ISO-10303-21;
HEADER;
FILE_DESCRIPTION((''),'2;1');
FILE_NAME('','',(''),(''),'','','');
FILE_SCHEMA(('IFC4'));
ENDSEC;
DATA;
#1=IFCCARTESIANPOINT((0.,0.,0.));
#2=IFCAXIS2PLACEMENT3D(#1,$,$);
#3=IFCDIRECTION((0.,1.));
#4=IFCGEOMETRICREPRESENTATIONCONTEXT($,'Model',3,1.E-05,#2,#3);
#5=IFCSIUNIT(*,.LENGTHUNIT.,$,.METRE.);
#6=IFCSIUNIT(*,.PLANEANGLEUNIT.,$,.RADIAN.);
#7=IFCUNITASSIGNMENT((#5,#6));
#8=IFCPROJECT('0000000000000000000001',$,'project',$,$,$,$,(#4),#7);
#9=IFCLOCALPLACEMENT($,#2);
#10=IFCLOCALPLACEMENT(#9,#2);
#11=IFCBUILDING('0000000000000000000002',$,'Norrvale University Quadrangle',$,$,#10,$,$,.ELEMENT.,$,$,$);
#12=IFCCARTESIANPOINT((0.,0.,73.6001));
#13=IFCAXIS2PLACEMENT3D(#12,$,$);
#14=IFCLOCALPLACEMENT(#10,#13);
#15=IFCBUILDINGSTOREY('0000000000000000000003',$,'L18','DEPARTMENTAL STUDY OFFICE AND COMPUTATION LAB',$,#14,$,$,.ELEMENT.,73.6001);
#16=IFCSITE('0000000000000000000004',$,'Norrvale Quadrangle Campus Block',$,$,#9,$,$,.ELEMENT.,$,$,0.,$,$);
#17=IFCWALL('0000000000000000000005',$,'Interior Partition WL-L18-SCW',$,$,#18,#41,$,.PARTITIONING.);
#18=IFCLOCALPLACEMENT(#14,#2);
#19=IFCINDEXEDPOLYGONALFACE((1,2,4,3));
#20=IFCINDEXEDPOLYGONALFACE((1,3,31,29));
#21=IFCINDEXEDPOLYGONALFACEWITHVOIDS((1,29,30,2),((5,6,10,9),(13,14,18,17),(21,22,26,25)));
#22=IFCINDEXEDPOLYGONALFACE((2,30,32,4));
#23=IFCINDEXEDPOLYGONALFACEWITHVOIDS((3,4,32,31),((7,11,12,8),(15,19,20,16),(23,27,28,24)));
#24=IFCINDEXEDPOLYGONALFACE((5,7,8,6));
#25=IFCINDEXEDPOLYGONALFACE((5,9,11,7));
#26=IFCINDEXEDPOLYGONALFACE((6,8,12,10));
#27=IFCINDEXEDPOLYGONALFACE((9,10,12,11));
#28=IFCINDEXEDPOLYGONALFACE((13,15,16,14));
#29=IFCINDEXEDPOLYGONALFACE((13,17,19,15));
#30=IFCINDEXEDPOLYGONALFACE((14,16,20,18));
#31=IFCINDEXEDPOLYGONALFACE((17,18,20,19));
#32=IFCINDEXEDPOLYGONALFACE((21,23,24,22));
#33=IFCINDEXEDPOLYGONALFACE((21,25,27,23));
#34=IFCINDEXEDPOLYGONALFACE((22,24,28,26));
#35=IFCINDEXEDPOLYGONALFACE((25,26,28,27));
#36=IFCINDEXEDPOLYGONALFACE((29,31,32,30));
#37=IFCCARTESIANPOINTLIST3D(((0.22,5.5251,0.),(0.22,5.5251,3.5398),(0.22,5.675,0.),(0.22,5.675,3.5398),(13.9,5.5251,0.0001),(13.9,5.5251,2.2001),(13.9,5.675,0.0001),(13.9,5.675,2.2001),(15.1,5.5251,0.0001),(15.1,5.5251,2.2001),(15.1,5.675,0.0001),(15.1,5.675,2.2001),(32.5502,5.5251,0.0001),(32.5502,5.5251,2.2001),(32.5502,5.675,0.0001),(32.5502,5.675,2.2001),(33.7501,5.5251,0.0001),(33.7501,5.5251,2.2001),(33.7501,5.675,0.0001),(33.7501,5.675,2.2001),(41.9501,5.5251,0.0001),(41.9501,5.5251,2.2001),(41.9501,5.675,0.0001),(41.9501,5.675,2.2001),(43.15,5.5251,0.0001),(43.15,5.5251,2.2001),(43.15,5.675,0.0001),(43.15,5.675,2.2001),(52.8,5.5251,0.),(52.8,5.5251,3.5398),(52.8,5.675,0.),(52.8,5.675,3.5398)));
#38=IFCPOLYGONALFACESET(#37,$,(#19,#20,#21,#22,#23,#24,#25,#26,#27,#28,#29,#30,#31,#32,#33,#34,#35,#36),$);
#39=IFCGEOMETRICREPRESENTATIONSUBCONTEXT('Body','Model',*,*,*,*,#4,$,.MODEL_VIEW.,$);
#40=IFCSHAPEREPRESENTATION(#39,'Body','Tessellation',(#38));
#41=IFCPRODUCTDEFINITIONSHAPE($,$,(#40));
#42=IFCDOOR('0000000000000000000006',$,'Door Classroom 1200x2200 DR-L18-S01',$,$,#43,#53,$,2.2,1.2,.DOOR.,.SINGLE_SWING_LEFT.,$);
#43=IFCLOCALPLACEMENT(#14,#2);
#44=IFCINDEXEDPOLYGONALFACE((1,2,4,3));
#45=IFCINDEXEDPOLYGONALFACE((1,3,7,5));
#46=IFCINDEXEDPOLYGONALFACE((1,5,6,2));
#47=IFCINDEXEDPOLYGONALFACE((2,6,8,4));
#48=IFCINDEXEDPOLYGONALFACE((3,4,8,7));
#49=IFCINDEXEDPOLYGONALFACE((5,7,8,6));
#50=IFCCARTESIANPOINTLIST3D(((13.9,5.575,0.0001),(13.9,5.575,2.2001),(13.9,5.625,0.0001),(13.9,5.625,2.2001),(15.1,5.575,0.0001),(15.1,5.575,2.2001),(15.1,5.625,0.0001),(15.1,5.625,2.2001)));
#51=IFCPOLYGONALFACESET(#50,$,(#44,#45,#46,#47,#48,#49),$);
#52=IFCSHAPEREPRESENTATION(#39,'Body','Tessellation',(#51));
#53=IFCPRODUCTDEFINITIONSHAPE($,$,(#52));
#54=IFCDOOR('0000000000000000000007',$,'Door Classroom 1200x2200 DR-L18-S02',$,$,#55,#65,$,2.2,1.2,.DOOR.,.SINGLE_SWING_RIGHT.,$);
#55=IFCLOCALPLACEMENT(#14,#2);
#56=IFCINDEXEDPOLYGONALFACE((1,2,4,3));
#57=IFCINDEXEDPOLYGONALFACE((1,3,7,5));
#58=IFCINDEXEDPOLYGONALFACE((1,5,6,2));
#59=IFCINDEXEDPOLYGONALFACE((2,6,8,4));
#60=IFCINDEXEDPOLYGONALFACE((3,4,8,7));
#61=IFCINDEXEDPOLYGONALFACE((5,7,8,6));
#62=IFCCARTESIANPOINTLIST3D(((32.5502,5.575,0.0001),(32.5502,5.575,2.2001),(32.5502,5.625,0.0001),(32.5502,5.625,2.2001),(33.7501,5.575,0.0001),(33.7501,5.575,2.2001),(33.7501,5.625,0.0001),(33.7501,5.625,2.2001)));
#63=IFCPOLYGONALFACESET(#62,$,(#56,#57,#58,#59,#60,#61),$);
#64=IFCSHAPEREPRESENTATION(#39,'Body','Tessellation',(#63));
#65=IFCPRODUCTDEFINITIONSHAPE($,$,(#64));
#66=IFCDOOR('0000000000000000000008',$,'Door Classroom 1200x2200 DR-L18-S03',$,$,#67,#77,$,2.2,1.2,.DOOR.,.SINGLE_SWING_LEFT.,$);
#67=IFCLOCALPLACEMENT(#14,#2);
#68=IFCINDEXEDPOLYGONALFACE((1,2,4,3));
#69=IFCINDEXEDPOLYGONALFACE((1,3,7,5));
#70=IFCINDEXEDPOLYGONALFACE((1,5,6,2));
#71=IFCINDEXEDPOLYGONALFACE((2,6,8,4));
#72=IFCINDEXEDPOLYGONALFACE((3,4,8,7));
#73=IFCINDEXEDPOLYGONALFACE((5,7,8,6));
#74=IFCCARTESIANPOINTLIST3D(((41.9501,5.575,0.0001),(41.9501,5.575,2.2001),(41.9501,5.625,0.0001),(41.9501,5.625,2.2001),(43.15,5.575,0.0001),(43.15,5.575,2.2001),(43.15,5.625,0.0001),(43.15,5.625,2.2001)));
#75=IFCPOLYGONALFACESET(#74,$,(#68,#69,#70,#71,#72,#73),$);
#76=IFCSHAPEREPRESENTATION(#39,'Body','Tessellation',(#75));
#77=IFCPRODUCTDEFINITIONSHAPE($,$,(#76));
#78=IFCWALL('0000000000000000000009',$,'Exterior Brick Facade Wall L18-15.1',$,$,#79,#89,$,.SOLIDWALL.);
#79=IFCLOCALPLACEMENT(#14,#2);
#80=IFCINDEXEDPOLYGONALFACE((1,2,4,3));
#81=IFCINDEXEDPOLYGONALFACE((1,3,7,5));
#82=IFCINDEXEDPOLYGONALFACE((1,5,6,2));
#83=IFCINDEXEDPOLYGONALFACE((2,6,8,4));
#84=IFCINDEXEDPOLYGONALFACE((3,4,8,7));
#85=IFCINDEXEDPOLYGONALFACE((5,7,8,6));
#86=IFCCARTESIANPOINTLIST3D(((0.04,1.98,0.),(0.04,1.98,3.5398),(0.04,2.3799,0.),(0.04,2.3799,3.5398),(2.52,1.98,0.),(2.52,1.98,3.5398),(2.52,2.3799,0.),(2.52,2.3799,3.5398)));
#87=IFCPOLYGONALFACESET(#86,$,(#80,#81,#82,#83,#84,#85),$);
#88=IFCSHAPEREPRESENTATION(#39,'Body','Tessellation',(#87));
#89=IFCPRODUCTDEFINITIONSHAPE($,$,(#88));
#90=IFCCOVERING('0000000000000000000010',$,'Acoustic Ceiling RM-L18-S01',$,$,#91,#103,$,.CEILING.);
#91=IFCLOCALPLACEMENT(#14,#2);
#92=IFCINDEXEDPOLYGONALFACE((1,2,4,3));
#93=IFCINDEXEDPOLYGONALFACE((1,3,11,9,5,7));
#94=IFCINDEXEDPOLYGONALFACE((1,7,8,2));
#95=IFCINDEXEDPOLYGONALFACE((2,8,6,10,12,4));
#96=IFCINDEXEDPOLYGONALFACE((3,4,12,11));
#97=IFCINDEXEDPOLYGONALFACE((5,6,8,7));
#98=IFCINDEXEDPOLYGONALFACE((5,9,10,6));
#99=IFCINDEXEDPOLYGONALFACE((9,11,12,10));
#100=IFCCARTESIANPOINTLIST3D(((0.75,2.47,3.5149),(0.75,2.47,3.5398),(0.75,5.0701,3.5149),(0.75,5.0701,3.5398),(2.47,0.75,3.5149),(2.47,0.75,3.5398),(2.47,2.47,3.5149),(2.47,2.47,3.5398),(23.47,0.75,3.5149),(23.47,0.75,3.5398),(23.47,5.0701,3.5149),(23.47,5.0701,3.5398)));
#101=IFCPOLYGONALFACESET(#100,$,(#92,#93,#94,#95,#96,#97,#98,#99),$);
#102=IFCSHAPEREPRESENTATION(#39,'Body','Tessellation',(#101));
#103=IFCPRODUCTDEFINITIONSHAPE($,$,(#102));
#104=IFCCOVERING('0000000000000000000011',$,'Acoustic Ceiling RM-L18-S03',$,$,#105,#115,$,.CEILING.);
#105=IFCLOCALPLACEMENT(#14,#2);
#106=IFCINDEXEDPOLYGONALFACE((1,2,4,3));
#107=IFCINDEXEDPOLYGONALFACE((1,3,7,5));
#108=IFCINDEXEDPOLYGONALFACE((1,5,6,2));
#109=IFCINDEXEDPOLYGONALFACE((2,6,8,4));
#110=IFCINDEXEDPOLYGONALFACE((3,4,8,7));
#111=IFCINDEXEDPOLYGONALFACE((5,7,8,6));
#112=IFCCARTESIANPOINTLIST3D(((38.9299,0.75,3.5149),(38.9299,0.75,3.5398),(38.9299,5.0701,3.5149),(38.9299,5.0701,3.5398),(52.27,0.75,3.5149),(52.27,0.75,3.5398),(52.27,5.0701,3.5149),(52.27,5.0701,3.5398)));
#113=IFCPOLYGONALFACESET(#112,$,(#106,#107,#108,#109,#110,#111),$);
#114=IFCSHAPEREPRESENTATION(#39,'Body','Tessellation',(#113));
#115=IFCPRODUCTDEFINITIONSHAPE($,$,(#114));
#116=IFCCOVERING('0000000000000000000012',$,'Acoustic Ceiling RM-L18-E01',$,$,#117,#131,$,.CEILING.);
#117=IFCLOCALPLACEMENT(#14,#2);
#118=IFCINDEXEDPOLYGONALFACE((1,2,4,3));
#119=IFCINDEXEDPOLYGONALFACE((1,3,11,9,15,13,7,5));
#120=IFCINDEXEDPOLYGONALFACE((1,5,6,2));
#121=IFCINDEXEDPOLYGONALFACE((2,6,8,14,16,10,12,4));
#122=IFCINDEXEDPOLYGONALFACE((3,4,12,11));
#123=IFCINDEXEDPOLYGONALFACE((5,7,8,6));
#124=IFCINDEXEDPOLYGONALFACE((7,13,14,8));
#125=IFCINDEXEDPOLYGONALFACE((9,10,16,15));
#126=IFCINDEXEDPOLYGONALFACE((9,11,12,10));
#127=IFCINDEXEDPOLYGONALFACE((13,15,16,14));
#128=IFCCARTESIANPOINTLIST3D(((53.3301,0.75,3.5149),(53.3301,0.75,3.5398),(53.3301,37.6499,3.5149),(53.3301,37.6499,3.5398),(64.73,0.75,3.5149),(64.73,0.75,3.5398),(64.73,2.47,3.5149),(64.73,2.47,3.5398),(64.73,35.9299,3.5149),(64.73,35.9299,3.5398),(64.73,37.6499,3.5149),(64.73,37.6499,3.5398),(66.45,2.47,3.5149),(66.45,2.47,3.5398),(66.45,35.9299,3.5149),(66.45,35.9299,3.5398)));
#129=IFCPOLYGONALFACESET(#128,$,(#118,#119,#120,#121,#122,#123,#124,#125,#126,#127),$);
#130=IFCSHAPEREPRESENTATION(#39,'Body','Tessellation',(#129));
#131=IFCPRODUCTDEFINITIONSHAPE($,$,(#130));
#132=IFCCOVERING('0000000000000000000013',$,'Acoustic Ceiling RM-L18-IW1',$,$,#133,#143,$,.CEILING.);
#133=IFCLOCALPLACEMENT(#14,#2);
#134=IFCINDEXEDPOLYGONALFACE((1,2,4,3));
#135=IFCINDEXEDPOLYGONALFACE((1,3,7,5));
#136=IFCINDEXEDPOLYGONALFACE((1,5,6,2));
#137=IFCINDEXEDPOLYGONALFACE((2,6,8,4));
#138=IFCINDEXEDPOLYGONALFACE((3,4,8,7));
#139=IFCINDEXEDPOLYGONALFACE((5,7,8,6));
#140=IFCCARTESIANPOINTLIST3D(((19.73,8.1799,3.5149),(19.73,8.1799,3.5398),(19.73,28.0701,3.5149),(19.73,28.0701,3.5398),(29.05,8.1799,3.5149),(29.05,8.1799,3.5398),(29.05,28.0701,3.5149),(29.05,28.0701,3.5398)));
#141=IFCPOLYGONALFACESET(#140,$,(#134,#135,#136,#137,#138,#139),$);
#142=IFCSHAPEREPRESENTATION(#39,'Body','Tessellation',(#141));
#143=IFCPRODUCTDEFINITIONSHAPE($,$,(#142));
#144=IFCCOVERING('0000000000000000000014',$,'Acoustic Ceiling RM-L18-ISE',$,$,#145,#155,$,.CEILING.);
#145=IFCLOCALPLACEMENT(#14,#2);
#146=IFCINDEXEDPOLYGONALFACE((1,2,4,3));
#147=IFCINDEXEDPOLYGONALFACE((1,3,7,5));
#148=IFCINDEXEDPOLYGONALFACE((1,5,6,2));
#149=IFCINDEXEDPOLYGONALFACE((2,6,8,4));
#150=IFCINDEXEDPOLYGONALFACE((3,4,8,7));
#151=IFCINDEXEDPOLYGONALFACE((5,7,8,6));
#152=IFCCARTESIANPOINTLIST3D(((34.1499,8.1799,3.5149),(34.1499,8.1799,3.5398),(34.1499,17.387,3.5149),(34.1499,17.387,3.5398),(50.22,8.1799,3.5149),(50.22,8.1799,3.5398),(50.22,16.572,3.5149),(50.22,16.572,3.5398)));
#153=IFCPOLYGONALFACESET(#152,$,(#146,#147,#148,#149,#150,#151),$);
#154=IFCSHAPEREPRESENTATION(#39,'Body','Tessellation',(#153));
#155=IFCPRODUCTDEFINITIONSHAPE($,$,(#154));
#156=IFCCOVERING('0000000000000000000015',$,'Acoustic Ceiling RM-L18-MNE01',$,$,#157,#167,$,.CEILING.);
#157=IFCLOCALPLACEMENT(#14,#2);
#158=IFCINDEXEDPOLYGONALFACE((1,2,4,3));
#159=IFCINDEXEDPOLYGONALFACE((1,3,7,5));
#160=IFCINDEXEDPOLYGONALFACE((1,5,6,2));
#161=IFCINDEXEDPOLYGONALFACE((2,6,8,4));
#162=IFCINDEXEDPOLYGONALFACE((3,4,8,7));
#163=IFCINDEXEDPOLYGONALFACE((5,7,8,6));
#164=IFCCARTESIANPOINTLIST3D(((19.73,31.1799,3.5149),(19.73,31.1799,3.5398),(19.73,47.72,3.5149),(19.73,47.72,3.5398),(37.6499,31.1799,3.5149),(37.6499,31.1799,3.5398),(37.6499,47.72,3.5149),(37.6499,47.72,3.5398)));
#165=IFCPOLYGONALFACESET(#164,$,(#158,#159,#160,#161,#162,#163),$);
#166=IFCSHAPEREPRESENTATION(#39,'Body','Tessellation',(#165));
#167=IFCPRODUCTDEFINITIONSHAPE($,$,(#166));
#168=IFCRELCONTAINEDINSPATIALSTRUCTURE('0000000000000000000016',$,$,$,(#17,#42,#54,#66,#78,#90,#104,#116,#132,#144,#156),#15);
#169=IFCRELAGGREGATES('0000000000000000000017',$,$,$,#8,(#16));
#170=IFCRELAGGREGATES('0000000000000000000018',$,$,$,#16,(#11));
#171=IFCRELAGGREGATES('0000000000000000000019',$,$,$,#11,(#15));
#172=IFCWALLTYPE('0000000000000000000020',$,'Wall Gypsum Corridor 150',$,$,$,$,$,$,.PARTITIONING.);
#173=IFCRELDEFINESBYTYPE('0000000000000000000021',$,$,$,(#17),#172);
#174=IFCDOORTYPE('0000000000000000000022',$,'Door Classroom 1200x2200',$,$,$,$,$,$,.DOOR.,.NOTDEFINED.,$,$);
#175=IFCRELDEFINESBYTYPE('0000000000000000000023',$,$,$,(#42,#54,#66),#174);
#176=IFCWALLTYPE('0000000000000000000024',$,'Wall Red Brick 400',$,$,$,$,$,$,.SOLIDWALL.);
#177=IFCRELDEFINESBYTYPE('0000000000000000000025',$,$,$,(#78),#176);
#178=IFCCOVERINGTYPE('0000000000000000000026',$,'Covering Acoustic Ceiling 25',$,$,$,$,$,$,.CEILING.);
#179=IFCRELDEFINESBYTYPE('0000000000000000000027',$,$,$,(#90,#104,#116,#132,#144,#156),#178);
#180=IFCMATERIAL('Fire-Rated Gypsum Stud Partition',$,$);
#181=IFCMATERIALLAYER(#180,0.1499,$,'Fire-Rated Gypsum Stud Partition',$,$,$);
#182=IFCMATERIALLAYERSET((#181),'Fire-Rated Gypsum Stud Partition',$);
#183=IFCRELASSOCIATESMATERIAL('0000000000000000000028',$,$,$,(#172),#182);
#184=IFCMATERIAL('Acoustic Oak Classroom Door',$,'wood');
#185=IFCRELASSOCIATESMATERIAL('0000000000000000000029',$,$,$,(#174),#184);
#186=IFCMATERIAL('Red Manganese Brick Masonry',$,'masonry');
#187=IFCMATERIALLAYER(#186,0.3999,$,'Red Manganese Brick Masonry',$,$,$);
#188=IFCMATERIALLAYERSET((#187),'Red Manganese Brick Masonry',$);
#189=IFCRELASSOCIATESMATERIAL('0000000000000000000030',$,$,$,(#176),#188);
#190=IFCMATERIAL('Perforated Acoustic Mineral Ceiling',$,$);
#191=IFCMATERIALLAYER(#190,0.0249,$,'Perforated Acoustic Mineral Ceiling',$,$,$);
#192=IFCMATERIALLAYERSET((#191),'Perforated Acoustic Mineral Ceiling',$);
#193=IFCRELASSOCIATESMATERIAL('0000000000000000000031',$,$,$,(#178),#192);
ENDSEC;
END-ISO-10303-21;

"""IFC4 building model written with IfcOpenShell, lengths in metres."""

from ifc_helpers import new_model, si_unit, direction, frame, frame_2d, origin, place, context, subcontext, project, spatial, polyline, rectangle, outline, extrude, material, layer, layer_set, type_object, element, fill, save


model = new_model("IFC4")

# Units and contexts
model_context = context("Model", 3, precision=1e-05, world=origin(), true_north=direction((0.0, 1.0)))
body_context = subcontext(model_context, "Body", "Model", "MODEL_VIEW")
ifc_project = project(units=[si_unit("LENGTHUNIT", "METRE"), si_unit("PLANEANGLEUNIT", "RADIAN")], contexts=[model_context])

# Site, building, storey
site_placement = place(None, origin())
site = spatial("IfcSite", under=ifc_project, at=site_placement, Name="Norrvale Quadrangle Campus Block", CompositionType="ELEMENT", RefElevation=0.0)
building_placement = place(site_placement, origin())
building = spatial("IfcBuilding", under=site, at=building_placement, Name="Norrvale University Quadrangle", CompositionType="ELEMENT")
storey_placement = place(building_placement, frame((0.0, 0.0, 73.6001)))
storey = spatial("IfcBuildingStorey", under=building, at=storey_placement, Name="L18", Description="DEPARTMENTAL STUDY OFFICE AND COMPUTATION LAB", CompositionType="ELEMENT", Elevation=73.6001)

# Wall, openings, doors
ifc_material_1 = material(Name="Fire-Rated Gypsum Stud Partition")
ifc_layer_1 = layer(ifc_material_1, 0.1499, Name="Fire-Rated Gypsum Stud Partition")
ifc_layer_set_1 = layer_set([ifc_layer_1], Name="Fire-Rated Gypsum Stud Partition")
wall_type_1 = type_object("IfcWallType", Name="Wall Gypsum Corridor 150", PredefinedType="PARTITIONING", material=ifc_layer_set_1)
wall_1_placement = place(storey_placement, frame((0.22, 5.6001, 0.0), z_axis=(0.0, 0.0, 1.0), x_axis=(1.0, 0.0, 0.0)))
wall_1 = element("IfcWall", 1, at=wall_1_placement, inside=storey, type_object=wall_type_1, Name="Interior Partition WL-L18-SCW", PredefinedType="PARTITIONING", context=body_context, shape_type="SweptSolid", body=[
    extrude(rectangle(XDim=52.5801, YDim=0.1499, at=frame_2d((26.29, 0.0))), origin(), (0.0, 0.0, 1.0), 3.5398),
])
opening_1_placement = place(wall_1_placement, frame((13.6799, 0.0, 0.0)))
opening_1 = element("IfcOpeningElement", 2, at=opening_1_placement, cuts=wall_1, PredefinedType="OPENING", context=body_context, shape_type="SweptSolid", body=[
    extrude(rectangle(XDim=1.2, YDim=2.2, at=frame_2d((0.6001, 1.1001))), frame((0.0, 0.0869, 0.0), z_axis=(0.0, -1.0, 0.0), x_axis=(1.0, 0.0, 0.0)), (0.0, 0.0, 1.0), 0.1738),
])
opening_2_placement = place(wall_1_placement, frame((32.3301, 0.0, 0.0)))
opening_2 = element("IfcOpeningElement", 3, at=opening_2_placement, cuts=wall_1, PredefinedType="OPENING", context=body_context, shape_type="SweptSolid", body=[
    extrude(rectangle(XDim=1.2, YDim=2.2, at=frame_2d((0.6001, 1.1001))), frame((0.0, 0.0869, 0.0), z_axis=(0.0, -1.0, 0.0), x_axis=(1.0, 0.0, 0.0)), (0.0, 0.0, 1.0), 0.1738),
])
opening_3_placement = place(wall_1_placement, frame((41.73, 0.0, 0.0)))
opening_3 = element("IfcOpeningElement", 4, at=opening_3_placement, cuts=wall_1, PredefinedType="OPENING", context=body_context, shape_type="SweptSolid", body=[
    extrude(rectangle(XDim=1.2, YDim=2.2, at=frame_2d((0.6001, 1.1001))), frame((0.0, 0.0869, 0.0), z_axis=(0.0, -1.0, 0.0), x_axis=(1.0, 0.0, 0.0)), (0.0, 0.0, 1.0), 0.1738),
])
ifc_material_2 = material(Name="Acoustic Oak Classroom Door", Category="wood")
door_type = type_object("IfcDoorType", Name="Door Classroom 1200x2200", OperationType="NOTDEFINED", PredefinedType="DOOR", material=ifc_material_2)
door_1_placement = place(opening_1_placement, origin())
door_1 = element("IfcDoor", 5, at=door_1_placement, inside=storey, type_object=door_type, Name="Door Classroom 1200x2200 DR-L18-S01", OperationType="SINGLE_SWING_LEFT", OverallHeight=2.2, OverallWidth=1.2, PredefinedType="DOOR", context=body_context, shape_type="SweptSolid", body=[
    extrude(rectangle(XDim=1.2, YDim=2.2, at=frame_2d((0.6001, 1.1001))), frame((0.0, 0.0249, 0.0), z_axis=(0.0, -1.0, 0.0), x_axis=(1.0, 0.0, 0.0)), (0.0, 0.0, 1.0), 0.05),
])
fill(opening_1, door_1)
door_2_placement = place(opening_2_placement, origin())
door_2 = element("IfcDoor", 6, at=door_2_placement, inside=storey, type_object=door_type, Name="Door Classroom 1200x2200 DR-L18-S02", OperationType="SINGLE_SWING_RIGHT", OverallHeight=2.2, OverallWidth=1.2, PredefinedType="DOOR", context=body_context, shape_type="SweptSolid", body=[
    extrude(rectangle(XDim=1.2, YDim=2.2, at=frame_2d((0.6001, 1.1001))), frame((0.0, 0.0249, 0.0), z_axis=(0.0, -1.0, 0.0), x_axis=(1.0, 0.0, 0.0)), (0.0, 0.0, 1.0), 0.05),
])
fill(opening_2, door_2)
door_3_placement = place(opening_3_placement, origin())
door_3 = element("IfcDoor", 7, at=door_3_placement, inside=storey, type_object=door_type, Name="Door Classroom 1200x2200 DR-L18-S03", OperationType="SINGLE_SWING_LEFT", OverallHeight=2.2, OverallWidth=1.2, PredefinedType="DOOR", context=body_context, shape_type="SweptSolid", body=[
    extrude(rectangle(XDim=1.2, YDim=2.2, at=frame_2d((0.6001, 1.1001))), frame((0.0, 0.0249, 0.0), z_axis=(0.0, -1.0, 0.0), x_axis=(1.0, 0.0, 0.0)), (0.0, 0.0, 1.0), 0.05),
])
fill(opening_3, door_3)

# Wall
ifc_material_3 = material(Name="Red Manganese Brick Masonry", Category="masonry")
ifc_layer_2 = layer(ifc_material_3, 0.3999, Name="Red Manganese Brick Masonry")
ifc_layer_set_2 = layer_set([ifc_layer_2], Name="Red Manganese Brick Masonry")
wall_type_2 = type_object("IfcWallType", Name="Wall Red Brick 400", PredefinedType="SOLIDWALL", material=ifc_layer_set_2)
wall_2_placement = place(storey_placement, frame((0.04, 2.1799, 0.0), z_axis=(0.0, 0.0, 1.0), x_axis=(1.0, 0.0, 0.0)))
element("IfcWall", 8, at=wall_2_placement, inside=storey, type_object=wall_type_2, Name="Exterior Brick Facade Wall L18-15.1", PredefinedType="SOLIDWALL", context=body_context, shape_type="SweptSolid", body=[
    extrude(rectangle(XDim=2.48, YDim=0.3999, at=frame_2d((1.24, 0.0))), origin(), (0.0, 0.0, 1.0), 3.5398),
])

# Coverings
ifc_material_4 = material(Name="Perforated Acoustic Mineral Ceiling")
ifc_layer_3 = layer(ifc_material_4, 0.0249, Name="Perforated Acoustic Mineral Ceiling")
ifc_layer_set_3 = layer_set([ifc_layer_3], Name="Perforated Acoustic Mineral Ceiling")
covering_type_1 = type_object("IfcCoveringType", Name="Covering Acoustic Ceiling 25", PredefinedType="CEILING", material=ifc_layer_set_3)
covering_1_placement = place(storey_placement, frame((0.0, 0.0, 3.5149)))
element("IfcCovering", 9, at=covering_1_placement, inside=storey, type_object=covering_type_1, Name="Acoustic Ceiling RM-L18-S01", PredefinedType="CEILING", context=body_context, shape_type="SweptSolid", body=[
    extrude(outline(polyline([(0.75, 5.0701), (23.47, 5.0701), (23.47, 0.75), (2.47, 0.75), (2.47, 2.47), (0.75, 2.47), (0.75, 5.0701)])), origin(), (0.0, 0.0, 1.0), 0.0249),
])
covering_2_placement = place(storey_placement, frame((0.0, 0.0, 3.5149)))
element("IfcCovering", 10, at=covering_2_placement, inside=storey, type_object=covering_type_1, Name="Acoustic Ceiling RM-L18-S03", PredefinedType="CEILING", context=body_context, shape_type="SweptSolid", body=[
    extrude(outline(polyline([(38.9299, 5.0701), (52.27, 5.0701), (52.27, 0.75), (38.9299, 0.75), (38.9299, 5.0701)])), origin(), (0.0, 0.0, 1.0), 0.0249),
])
covering_3_placement = place(storey_placement, frame((0.0, 0.0, 3.5149)))
element("IfcCovering", 11, at=covering_3_placement, inside=storey, type_object=covering_type_1, Name="Acoustic Ceiling RM-L18-E01", PredefinedType="CEILING", context=body_context, shape_type="SweptSolid", body=[
    extrude(outline(polyline([(53.3301, 0.75), (53.3301, 37.6499), (64.73, 37.6499), (64.73, 35.9299), (66.45, 35.9299), (66.45, 2.47), (64.73, 2.47), (64.73, 0.75), (53.3301, 0.75)])), origin(), (0.0, 0.0, 1.0), 0.0249),
])
covering_4_placement = place(storey_placement, frame((0.0, 0.0, 3.5149)))
element("IfcCovering", 12, at=covering_4_placement, inside=storey, type_object=covering_type_1, Name="Acoustic Ceiling RM-L18-IW1", PredefinedType="CEILING", context=body_context, shape_type="SweptSolid", body=[
    extrude(outline(polyline([(19.73, 8.1799), (19.73, 28.0701), (29.05, 28.0701), (29.05, 8.1799), (19.73, 8.1799)])), origin(), (0.0, 0.0, 1.0), 0.0249),
])
covering_5_placement = place(storey_placement, frame((0.0, 0.0, 3.5149)))
element("IfcCovering", 13, at=covering_5_placement, inside=storey, type_object=covering_type_1, Name="Acoustic Ceiling RM-L18-ISE", PredefinedType="CEILING", context=body_context, shape_type="SweptSolid", body=[
    extrude(outline(polyline([(34.1499, 8.1799), (34.1499, 17.387), (50.22, 16.572), (50.22, 8.1799), (34.1499, 8.1799)])), origin(), (0.0, 0.0, 1.0), 0.0249),
])
covering_6_placement = place(storey_placement, frame((0.0, 0.0, 3.5149)))
element("IfcCovering", 14, at=covering_6_placement, inside=storey, type_object=covering_type_1, Name="Acoustic Ceiling RM-L18-MNE01", PredefinedType="CEILING", context=body_context, shape_type="SweptSolid", body=[
    extrude(outline(polyline([(19.73, 47.72), (37.6499, 47.72), (37.6499, 31.1799), (19.73, 31.1799), (19.73, 47.72)])), origin(), (0.0, 0.0, 1.0), 0.0249),
])

save(model, "model.ifc")
